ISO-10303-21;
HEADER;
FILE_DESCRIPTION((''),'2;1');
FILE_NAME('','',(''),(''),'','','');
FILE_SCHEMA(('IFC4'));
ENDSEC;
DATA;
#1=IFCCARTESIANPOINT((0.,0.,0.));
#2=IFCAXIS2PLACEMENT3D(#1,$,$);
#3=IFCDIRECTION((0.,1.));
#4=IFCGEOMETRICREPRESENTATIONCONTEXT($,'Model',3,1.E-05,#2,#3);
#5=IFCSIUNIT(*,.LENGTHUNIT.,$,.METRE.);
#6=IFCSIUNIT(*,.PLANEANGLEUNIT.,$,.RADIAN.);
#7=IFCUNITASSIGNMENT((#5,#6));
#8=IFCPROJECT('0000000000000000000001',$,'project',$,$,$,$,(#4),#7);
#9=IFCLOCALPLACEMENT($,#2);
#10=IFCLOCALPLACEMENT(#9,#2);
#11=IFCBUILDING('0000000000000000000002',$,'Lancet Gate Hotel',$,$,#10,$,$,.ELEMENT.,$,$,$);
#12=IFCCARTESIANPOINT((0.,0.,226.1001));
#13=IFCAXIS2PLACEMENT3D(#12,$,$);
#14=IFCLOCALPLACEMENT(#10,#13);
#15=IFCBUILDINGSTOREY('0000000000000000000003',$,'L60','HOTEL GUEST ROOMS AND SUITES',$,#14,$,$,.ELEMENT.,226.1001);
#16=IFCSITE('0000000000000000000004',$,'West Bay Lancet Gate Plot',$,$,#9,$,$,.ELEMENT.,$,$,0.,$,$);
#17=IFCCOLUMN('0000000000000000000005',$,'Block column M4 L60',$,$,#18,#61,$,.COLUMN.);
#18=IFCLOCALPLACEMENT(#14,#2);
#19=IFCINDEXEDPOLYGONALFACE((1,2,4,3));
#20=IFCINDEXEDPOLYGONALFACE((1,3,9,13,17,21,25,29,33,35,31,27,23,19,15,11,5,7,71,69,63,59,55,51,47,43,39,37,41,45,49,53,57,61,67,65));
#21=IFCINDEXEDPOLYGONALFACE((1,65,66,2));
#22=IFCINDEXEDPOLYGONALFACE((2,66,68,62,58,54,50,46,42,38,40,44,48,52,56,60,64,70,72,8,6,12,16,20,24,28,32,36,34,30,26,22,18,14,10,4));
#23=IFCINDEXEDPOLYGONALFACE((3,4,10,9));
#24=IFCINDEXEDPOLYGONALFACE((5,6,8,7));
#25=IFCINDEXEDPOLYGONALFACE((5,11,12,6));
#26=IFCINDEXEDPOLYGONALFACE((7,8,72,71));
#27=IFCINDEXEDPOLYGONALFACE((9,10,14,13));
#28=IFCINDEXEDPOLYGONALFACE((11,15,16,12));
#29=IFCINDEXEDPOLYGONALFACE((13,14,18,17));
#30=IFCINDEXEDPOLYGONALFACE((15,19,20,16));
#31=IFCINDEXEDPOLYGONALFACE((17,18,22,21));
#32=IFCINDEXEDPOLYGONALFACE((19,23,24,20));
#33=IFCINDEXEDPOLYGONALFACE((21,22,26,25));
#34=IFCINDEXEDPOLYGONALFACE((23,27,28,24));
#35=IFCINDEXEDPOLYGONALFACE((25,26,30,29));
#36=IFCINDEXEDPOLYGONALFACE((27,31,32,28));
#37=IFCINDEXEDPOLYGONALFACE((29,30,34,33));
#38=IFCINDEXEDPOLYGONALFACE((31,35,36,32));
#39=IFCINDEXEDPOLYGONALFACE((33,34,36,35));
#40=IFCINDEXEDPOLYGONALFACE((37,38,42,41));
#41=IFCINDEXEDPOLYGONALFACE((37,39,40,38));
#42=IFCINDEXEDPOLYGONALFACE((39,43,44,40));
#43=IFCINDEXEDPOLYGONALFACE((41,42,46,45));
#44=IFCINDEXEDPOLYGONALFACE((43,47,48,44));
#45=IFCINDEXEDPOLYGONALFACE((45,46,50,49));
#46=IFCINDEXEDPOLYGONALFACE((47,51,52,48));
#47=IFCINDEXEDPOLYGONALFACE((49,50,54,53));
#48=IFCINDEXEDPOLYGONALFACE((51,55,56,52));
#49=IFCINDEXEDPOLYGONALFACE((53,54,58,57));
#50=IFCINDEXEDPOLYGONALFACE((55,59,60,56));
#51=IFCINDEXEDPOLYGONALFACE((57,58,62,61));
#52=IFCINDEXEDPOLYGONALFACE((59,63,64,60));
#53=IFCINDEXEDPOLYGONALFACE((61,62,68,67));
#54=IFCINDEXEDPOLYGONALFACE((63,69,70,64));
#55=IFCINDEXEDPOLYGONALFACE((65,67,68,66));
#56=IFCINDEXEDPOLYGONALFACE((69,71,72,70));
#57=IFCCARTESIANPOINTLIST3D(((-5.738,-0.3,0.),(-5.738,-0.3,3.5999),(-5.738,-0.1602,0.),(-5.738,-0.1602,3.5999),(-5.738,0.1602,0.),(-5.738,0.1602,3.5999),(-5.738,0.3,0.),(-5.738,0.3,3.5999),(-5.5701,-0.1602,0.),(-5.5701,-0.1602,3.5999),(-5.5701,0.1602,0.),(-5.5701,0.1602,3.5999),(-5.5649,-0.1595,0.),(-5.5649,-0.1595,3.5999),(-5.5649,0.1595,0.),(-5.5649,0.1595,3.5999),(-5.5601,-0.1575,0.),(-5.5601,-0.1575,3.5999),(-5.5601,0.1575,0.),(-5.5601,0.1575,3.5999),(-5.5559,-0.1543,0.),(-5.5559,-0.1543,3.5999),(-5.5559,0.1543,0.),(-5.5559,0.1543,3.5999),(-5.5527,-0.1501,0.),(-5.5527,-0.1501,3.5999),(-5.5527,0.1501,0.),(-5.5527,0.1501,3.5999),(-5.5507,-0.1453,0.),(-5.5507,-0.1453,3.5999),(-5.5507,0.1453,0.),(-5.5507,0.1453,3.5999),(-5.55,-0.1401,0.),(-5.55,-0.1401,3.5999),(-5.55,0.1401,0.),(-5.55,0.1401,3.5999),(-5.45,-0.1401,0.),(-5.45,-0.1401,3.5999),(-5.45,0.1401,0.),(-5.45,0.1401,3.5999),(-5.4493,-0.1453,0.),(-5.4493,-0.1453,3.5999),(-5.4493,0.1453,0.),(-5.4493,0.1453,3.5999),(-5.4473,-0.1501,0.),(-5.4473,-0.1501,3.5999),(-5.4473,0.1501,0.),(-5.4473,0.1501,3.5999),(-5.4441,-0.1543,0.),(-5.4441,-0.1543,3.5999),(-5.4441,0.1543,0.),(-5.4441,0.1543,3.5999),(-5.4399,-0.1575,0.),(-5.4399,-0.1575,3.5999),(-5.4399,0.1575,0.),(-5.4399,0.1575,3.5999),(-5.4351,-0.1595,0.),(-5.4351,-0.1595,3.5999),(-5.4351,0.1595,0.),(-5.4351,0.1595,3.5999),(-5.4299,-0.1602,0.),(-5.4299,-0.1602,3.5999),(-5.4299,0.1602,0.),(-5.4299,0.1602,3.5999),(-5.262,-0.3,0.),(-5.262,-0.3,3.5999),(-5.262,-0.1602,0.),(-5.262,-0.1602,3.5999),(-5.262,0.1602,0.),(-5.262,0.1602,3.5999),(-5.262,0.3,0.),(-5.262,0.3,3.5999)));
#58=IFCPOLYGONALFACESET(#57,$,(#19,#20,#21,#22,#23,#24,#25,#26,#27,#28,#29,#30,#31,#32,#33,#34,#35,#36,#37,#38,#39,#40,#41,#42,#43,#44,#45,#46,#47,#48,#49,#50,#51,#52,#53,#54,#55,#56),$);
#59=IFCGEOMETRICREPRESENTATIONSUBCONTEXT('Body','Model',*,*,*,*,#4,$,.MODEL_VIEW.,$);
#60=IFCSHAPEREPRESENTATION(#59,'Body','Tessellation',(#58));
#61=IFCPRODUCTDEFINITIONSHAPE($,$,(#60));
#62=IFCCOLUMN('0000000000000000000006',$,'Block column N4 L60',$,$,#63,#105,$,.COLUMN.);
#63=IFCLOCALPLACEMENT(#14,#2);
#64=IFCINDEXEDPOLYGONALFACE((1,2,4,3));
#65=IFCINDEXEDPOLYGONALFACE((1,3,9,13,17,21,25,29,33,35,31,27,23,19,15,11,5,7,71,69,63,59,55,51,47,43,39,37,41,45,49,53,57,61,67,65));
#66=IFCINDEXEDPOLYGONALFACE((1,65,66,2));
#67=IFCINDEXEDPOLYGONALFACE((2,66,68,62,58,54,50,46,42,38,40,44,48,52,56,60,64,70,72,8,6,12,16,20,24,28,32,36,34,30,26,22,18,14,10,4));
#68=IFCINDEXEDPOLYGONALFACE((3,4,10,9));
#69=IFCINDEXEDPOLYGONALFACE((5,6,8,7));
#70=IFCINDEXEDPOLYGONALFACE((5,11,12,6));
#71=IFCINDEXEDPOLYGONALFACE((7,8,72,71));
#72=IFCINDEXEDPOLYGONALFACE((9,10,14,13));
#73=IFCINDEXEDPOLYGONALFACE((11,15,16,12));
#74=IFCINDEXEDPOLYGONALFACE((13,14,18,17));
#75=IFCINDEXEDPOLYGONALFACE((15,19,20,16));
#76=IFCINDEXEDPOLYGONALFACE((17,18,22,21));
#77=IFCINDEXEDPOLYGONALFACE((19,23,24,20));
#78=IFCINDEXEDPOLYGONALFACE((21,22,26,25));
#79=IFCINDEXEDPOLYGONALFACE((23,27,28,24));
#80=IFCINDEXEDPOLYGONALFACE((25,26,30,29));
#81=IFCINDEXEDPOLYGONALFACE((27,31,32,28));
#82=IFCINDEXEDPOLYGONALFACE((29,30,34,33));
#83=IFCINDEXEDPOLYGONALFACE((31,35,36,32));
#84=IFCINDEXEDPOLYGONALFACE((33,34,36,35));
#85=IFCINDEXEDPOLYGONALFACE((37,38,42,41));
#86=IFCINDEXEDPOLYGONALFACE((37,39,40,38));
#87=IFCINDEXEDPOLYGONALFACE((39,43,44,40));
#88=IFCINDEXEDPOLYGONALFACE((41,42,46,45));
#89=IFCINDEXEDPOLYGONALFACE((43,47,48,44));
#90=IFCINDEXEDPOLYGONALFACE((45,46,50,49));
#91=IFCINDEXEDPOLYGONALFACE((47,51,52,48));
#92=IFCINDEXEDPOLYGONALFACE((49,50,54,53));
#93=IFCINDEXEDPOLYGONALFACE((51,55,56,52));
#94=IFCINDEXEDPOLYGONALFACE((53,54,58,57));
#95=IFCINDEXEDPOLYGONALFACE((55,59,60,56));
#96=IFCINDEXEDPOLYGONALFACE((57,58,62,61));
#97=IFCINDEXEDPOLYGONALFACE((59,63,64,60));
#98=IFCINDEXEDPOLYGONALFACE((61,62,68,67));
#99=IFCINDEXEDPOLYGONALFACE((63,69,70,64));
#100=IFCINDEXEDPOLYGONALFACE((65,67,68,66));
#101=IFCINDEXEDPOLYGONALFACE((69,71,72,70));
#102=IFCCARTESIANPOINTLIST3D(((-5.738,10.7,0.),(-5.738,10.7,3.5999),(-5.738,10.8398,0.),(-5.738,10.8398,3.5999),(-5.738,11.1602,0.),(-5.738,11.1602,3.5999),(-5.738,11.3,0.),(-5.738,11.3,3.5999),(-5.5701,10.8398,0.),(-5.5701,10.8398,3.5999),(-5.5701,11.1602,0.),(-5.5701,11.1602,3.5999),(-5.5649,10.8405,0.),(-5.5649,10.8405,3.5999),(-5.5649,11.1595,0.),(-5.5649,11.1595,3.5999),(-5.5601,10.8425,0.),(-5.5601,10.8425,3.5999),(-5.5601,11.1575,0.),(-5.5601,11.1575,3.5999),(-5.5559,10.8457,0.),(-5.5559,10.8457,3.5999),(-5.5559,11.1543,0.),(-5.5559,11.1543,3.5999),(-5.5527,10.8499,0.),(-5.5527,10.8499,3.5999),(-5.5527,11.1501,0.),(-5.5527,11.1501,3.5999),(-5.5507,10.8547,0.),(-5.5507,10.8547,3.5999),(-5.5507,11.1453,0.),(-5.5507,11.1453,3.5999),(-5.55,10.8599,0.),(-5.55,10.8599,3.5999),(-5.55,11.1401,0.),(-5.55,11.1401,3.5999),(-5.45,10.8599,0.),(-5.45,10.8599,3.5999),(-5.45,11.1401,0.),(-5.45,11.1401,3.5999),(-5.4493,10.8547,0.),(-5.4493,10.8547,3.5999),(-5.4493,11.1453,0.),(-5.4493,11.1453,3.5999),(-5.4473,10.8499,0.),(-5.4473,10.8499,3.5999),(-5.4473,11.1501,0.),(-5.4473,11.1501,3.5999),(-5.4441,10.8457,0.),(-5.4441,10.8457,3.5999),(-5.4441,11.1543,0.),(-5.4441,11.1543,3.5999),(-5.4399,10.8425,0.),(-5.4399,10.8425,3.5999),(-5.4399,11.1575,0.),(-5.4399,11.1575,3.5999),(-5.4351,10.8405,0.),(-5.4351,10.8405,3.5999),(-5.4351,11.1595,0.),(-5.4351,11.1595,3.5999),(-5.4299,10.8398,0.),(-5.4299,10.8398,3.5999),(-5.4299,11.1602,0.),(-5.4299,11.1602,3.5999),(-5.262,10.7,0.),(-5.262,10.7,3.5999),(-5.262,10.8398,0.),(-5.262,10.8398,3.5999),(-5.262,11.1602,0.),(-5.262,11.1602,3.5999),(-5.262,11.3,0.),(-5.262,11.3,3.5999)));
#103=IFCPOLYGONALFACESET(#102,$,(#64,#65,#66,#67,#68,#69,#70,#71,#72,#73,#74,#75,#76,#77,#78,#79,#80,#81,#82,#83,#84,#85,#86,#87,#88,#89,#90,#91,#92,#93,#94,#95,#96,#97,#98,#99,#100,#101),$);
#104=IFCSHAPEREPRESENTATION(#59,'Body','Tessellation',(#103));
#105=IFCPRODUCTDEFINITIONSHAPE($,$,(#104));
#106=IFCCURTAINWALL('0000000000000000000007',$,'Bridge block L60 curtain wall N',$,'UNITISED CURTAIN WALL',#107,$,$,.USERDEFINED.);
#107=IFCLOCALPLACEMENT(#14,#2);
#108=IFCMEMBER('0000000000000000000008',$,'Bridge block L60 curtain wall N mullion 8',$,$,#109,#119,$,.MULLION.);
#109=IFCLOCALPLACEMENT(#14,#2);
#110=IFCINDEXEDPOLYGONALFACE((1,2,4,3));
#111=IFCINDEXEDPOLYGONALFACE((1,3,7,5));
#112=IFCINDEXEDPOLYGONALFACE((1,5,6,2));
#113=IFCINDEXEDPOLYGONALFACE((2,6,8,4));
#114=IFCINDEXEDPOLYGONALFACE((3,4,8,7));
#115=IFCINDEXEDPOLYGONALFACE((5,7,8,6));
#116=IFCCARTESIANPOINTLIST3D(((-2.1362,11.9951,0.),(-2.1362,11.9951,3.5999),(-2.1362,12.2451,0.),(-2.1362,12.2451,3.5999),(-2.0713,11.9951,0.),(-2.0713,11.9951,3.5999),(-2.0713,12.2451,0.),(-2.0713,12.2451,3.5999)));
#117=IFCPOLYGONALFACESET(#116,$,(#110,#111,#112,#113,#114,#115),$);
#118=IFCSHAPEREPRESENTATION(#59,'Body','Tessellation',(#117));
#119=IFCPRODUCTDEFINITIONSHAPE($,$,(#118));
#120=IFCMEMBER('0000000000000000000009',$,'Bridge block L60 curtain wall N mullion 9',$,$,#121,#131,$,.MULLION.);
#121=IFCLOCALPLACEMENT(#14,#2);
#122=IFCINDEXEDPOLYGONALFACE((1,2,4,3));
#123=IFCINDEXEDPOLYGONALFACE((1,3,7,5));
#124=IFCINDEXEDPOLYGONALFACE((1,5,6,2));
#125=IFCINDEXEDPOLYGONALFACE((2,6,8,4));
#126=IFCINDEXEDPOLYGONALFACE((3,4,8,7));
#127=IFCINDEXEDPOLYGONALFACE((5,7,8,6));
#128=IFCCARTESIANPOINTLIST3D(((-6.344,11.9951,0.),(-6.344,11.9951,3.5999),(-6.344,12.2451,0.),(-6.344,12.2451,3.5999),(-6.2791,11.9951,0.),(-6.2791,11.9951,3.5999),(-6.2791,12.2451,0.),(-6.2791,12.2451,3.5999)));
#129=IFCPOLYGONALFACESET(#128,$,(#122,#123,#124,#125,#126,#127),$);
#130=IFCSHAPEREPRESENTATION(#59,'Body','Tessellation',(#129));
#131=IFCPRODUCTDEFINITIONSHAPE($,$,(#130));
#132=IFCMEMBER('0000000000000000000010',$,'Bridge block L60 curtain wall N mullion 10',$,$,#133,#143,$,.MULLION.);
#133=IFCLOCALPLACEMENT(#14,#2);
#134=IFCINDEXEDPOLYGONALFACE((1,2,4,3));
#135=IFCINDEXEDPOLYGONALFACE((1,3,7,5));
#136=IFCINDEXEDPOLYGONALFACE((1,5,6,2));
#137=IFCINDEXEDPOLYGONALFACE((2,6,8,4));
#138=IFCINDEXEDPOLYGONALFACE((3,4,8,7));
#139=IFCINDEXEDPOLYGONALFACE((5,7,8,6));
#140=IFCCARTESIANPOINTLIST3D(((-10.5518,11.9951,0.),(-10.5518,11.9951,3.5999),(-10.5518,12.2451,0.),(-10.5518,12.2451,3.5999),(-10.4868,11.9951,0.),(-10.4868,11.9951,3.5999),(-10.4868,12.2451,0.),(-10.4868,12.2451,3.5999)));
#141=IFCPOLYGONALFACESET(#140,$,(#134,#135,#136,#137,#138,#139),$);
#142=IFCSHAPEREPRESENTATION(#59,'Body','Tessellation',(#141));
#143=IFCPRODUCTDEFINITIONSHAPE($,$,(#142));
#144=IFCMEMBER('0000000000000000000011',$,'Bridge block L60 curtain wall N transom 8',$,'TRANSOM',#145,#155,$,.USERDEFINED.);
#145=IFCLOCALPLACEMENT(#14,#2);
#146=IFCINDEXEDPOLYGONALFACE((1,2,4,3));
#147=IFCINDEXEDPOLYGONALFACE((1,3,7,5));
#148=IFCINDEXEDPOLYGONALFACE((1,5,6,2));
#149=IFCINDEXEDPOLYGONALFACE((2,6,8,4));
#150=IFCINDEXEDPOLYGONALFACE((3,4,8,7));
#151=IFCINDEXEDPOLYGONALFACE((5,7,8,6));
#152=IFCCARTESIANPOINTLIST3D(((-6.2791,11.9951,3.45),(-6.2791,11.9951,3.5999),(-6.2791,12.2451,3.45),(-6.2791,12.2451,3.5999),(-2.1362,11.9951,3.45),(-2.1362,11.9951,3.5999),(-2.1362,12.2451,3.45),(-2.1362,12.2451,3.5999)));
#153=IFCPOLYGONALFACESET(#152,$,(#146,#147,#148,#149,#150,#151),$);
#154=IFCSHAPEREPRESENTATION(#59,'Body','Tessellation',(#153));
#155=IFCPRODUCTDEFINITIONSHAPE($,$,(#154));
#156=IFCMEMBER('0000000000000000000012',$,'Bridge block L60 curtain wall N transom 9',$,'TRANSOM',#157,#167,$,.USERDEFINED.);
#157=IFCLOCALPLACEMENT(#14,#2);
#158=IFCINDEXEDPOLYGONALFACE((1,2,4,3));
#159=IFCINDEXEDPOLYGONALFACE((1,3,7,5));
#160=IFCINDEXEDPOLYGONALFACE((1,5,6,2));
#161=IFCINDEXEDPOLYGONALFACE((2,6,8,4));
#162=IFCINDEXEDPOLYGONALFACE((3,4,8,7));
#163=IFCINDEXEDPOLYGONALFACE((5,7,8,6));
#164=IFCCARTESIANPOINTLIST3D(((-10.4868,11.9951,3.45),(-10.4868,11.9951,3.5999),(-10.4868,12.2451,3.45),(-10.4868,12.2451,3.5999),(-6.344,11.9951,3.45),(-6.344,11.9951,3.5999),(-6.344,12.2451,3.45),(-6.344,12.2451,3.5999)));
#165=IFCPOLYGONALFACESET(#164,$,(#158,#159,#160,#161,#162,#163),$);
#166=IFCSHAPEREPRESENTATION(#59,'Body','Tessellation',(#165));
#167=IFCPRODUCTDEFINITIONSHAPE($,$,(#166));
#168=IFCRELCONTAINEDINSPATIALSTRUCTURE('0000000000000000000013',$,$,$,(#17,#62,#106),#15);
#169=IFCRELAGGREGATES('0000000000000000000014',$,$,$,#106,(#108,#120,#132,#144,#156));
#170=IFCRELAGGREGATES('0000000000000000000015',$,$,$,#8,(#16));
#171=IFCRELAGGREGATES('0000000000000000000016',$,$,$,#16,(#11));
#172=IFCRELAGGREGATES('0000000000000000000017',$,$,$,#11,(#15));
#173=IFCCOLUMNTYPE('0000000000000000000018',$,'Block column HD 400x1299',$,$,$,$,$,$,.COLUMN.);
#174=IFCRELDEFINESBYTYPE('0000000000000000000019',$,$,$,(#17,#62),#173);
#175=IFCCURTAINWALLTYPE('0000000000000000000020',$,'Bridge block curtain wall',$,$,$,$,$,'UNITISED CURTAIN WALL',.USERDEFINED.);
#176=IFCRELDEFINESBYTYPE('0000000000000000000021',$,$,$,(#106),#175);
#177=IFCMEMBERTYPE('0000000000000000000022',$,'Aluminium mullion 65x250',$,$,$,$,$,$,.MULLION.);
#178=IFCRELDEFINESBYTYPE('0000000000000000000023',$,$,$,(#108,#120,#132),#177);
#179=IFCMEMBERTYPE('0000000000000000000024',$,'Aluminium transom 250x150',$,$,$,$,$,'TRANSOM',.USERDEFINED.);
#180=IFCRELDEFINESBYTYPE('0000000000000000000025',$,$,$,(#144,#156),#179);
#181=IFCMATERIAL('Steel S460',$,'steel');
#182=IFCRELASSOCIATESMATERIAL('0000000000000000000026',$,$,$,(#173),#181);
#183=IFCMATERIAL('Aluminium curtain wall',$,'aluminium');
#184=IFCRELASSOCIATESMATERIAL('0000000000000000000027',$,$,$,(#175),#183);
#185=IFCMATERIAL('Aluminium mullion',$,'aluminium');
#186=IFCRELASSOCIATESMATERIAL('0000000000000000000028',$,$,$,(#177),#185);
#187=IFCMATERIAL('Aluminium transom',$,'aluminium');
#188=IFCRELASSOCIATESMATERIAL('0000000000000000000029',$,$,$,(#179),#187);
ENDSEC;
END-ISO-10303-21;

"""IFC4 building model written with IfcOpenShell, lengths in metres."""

from ifc_helpers import new_model, si_unit, direction, frame, origin, origin_2d, place, context, subcontext, project, spatial, rectangle, i_section, extrude, material, material_profile, profile_set, type_object, element, aggregate, save


model = new_model("IFC4")

# Units and contexts
model_context = context("Model", 3, precision=1e-05, world=origin(), true_north=direction((0.0, 1.0)))
body_context = subcontext(model_context, "Body", "Model", "MODEL_VIEW")
ifc_project = project(units=[si_unit("LENGTHUNIT", "METRE"), si_unit("PLANEANGLEUNIT", "RADIAN")], contexts=[model_context])

# Site, building, storey
site_placement = place(None, origin())
site = spatial("IfcSite", under=ifc_project, at=site_placement, Name="West Bay Lancet Gate Plot", CompositionType="ELEMENT", RefElevation=0.0)
building_placement = place(site_placement, origin())
building = spatial("IfcBuilding", under=site, at=building_placement, Name="Lancet Gate Hotel", CompositionType="ELEMENT")
storey_placement = place(building_placement, frame((0.0, 0.0, 226.1001)))
storey = spatial("IfcBuildingStorey", under=building, at=storey_placement, Name="L60", Description="HOTEL GUEST ROOMS AND SUITES", CompositionType="ELEMENT", Elevation=226.1001)

# Columns
ifc_material_1 = material(Name="Steel S460", Category="steel")
ifc_material_profile_1 = material_profile(ifc_material_1, i_section(OverallWidth=0.4761, OverallDepth=0.6001, WebThickness=0.1001, FlangeThickness=0.1399, FilletRadius=0.02, at=origin_2d()), Name="HD 400x1299")
ifc_profile_set_1 = profile_set([ifc_material_profile_1], Name="Steel S460")
column_type = type_object("IfcColumnType", Name="Block column HD 400x1299", PredefinedType="COLUMN", material=ifc_profile_set_1)
for number, where, z_axis, x_axis, name in (
    (1, (-5.5, 0.0, 0.0), (0.0, 0.0, 1.0), (1.0, 0.0, 0.0), "Block column M4 L60"),
    (2, (-5.5, 11.0, 0.0), (0.0, 0.0, 1.0), (1.0, 0.0, 0.0), "Block column N4 L60"),
):
    element("IfcColumn", number, at=place(storey_placement, frame(where, z_axis=z_axis, x_axis=x_axis)), inside=storey, type_object=column_type, Name=name, PredefinedType="COLUMN", context=body_context, shape_type="SweptSolid", body=[
        extrude(i_section(OverallWidth=0.4761, OverallDepth=0.6001, WebThickness=0.1001, FlangeThickness=0.1399, FilletRadius=0.02, at=origin_2d()), origin(), (0.0, 0.0, 1.0), 3.5999),
    ])

# Curtain wall, members
ifc_material_2 = material(Name="Aluminium curtain wall", Category="aluminium")
curtain_wall_type = type_object("IfcCurtainWallType", Name="Bridge block curtain wall", ElementType="UNITISED CURTAIN WALL", PredefinedType="USERDEFINED", material=ifc_material_2)
curtain_wall_placement = place(storey_placement, origin())
curtain_wall = element("IfcCurtainWall", 3, at=curtain_wall_placement, inside=storey, type_object=curtain_wall_type, Name="Bridge block L60 curtain wall N", ObjectType="UNITISED CURTAIN WALL", PredefinedType="USERDEFINED")
ifc_material_3 = material(Name="Aluminium mullion", Category="aluminium")
ifc_material_profile_2 = material_profile(ifc_material_3, rectangle(XDim=0.0649, YDim=0.25, at=origin_2d()), Name="MULLION 65x250")
ifc_profile_set_2 = profile_set([ifc_material_profile_2], Name="Aluminium mullion")
member_type_1 = type_object("IfcMemberType", Name="Aluminium mullion 65x250", PredefinedType="MULLION", material=ifc_profile_set_2)
member_1_placement = place(storey_placement, frame((-2.1038, 12.1201, 0.0), z_axis=(0.0, 0.0, 1.0), x_axis=(-1.0, 0.0, 0.0)))
member_1 = element("IfcMember", 4, at=member_1_placement, type_object=member_type_1, Name="Bridge block L60 curtain wall N mullion 8", PredefinedType="MULLION", context=body_context, shape_type="SweptSolid", body=[
    extrude(rectangle(XDim=0.0649, YDim=0.25, at=origin_2d()), origin(), (0.0, 0.0, 1.0), 3.5999),
])
member_2_placement = place(storey_placement, frame((-6.3115, 12.1201, 0.0), z_axis=(0.0, 0.0, 1.0), x_axis=(-1.0, 0.0, 0.0)))
member_2 = element("IfcMember", 5, at=member_2_placement, type_object=member_type_1, Name="Bridge block L60 curtain wall N mullion 9", PredefinedType="MULLION", context=body_context, shape_type="SweptSolid", body=[
    extrude(rectangle(XDim=0.0649, YDim=0.25, at=origin_2d()), origin(), (0.0, 0.0, 1.0), 3.5999),
])
member_3_placement = place(storey_placement, frame((-10.5193, 12.1201, 0.0), z_axis=(0.0, 0.0, 1.0), x_axis=(-1.0, 0.0, 0.0)))
member_3 = element("IfcMember", 6, at=member_3_placement, type_object=member_type_1, Name="Bridge block L60 curtain wall N mullion 10", PredefinedType="MULLION", context=body_context, shape_type="SweptSolid", body=[
    extrude(rectangle(XDim=0.0649, YDim=0.25, at=origin_2d()), origin(), (0.0, 0.0, 1.0), 3.5999),
])
ifc_material_4 = material(Name="Aluminium transom", Category="aluminium")
ifc_material_profile_3 = material_profile(ifc_material_4, rectangle(XDim=0.25, YDim=0.1499, at=origin_2d()), Name="TRANSOM 250x150")
ifc_profile_set_3 = profile_set([ifc_material_profile_3], Name="Aluminium transom")
member_type_2 = type_object("IfcMemberType", Name="Aluminium transom 250x150", ElementType="TRANSOM", PredefinedType="USERDEFINED", material=ifc_profile_set_3)
member_4_placement = place(storey_placement, frame((-2.1362, 12.1201, 3.5249), z_axis=(-1.0, 0.0, 0.0), x_axis=(0.0, -1.0, 0.0)))
member_4 = element("IfcMember", 7, at=member_4_placement, type_object=member_type_2, Name="Bridge block L60 curtain wall N transom 8", ObjectType="TRANSOM", PredefinedType="USERDEFINED", context=body_context, shape_type="SweptSolid", body=[
    extrude(rectangle(XDim=0.25, YDim=0.1499, at=origin_2d()), origin(), (0.0, 0.0, 1.0), 4.1428),
])
member_5_placement = place(storey_placement, frame((-6.344, 12.1201, 3.5249), z_axis=(-1.0, 0.0, 0.0), x_axis=(0.0, -1.0, 0.0)))
member_5 = element("IfcMember", 8, at=member_5_placement, type_object=member_type_2, Name="Bridge block L60 curtain wall N transom 9", ObjectType="TRANSOM", PredefinedType="USERDEFINED", context=body_context, shape_type="SweptSolid", body=[
    extrude(rectangle(XDim=0.25, YDim=0.1499, at=origin_2d()), origin(), (0.0, 0.0, 1.0), 4.1428),
])

aggregate(curtain_wall, [member_1, member_2, member_3, member_4, member_5])

save(model, "model.ifc")
